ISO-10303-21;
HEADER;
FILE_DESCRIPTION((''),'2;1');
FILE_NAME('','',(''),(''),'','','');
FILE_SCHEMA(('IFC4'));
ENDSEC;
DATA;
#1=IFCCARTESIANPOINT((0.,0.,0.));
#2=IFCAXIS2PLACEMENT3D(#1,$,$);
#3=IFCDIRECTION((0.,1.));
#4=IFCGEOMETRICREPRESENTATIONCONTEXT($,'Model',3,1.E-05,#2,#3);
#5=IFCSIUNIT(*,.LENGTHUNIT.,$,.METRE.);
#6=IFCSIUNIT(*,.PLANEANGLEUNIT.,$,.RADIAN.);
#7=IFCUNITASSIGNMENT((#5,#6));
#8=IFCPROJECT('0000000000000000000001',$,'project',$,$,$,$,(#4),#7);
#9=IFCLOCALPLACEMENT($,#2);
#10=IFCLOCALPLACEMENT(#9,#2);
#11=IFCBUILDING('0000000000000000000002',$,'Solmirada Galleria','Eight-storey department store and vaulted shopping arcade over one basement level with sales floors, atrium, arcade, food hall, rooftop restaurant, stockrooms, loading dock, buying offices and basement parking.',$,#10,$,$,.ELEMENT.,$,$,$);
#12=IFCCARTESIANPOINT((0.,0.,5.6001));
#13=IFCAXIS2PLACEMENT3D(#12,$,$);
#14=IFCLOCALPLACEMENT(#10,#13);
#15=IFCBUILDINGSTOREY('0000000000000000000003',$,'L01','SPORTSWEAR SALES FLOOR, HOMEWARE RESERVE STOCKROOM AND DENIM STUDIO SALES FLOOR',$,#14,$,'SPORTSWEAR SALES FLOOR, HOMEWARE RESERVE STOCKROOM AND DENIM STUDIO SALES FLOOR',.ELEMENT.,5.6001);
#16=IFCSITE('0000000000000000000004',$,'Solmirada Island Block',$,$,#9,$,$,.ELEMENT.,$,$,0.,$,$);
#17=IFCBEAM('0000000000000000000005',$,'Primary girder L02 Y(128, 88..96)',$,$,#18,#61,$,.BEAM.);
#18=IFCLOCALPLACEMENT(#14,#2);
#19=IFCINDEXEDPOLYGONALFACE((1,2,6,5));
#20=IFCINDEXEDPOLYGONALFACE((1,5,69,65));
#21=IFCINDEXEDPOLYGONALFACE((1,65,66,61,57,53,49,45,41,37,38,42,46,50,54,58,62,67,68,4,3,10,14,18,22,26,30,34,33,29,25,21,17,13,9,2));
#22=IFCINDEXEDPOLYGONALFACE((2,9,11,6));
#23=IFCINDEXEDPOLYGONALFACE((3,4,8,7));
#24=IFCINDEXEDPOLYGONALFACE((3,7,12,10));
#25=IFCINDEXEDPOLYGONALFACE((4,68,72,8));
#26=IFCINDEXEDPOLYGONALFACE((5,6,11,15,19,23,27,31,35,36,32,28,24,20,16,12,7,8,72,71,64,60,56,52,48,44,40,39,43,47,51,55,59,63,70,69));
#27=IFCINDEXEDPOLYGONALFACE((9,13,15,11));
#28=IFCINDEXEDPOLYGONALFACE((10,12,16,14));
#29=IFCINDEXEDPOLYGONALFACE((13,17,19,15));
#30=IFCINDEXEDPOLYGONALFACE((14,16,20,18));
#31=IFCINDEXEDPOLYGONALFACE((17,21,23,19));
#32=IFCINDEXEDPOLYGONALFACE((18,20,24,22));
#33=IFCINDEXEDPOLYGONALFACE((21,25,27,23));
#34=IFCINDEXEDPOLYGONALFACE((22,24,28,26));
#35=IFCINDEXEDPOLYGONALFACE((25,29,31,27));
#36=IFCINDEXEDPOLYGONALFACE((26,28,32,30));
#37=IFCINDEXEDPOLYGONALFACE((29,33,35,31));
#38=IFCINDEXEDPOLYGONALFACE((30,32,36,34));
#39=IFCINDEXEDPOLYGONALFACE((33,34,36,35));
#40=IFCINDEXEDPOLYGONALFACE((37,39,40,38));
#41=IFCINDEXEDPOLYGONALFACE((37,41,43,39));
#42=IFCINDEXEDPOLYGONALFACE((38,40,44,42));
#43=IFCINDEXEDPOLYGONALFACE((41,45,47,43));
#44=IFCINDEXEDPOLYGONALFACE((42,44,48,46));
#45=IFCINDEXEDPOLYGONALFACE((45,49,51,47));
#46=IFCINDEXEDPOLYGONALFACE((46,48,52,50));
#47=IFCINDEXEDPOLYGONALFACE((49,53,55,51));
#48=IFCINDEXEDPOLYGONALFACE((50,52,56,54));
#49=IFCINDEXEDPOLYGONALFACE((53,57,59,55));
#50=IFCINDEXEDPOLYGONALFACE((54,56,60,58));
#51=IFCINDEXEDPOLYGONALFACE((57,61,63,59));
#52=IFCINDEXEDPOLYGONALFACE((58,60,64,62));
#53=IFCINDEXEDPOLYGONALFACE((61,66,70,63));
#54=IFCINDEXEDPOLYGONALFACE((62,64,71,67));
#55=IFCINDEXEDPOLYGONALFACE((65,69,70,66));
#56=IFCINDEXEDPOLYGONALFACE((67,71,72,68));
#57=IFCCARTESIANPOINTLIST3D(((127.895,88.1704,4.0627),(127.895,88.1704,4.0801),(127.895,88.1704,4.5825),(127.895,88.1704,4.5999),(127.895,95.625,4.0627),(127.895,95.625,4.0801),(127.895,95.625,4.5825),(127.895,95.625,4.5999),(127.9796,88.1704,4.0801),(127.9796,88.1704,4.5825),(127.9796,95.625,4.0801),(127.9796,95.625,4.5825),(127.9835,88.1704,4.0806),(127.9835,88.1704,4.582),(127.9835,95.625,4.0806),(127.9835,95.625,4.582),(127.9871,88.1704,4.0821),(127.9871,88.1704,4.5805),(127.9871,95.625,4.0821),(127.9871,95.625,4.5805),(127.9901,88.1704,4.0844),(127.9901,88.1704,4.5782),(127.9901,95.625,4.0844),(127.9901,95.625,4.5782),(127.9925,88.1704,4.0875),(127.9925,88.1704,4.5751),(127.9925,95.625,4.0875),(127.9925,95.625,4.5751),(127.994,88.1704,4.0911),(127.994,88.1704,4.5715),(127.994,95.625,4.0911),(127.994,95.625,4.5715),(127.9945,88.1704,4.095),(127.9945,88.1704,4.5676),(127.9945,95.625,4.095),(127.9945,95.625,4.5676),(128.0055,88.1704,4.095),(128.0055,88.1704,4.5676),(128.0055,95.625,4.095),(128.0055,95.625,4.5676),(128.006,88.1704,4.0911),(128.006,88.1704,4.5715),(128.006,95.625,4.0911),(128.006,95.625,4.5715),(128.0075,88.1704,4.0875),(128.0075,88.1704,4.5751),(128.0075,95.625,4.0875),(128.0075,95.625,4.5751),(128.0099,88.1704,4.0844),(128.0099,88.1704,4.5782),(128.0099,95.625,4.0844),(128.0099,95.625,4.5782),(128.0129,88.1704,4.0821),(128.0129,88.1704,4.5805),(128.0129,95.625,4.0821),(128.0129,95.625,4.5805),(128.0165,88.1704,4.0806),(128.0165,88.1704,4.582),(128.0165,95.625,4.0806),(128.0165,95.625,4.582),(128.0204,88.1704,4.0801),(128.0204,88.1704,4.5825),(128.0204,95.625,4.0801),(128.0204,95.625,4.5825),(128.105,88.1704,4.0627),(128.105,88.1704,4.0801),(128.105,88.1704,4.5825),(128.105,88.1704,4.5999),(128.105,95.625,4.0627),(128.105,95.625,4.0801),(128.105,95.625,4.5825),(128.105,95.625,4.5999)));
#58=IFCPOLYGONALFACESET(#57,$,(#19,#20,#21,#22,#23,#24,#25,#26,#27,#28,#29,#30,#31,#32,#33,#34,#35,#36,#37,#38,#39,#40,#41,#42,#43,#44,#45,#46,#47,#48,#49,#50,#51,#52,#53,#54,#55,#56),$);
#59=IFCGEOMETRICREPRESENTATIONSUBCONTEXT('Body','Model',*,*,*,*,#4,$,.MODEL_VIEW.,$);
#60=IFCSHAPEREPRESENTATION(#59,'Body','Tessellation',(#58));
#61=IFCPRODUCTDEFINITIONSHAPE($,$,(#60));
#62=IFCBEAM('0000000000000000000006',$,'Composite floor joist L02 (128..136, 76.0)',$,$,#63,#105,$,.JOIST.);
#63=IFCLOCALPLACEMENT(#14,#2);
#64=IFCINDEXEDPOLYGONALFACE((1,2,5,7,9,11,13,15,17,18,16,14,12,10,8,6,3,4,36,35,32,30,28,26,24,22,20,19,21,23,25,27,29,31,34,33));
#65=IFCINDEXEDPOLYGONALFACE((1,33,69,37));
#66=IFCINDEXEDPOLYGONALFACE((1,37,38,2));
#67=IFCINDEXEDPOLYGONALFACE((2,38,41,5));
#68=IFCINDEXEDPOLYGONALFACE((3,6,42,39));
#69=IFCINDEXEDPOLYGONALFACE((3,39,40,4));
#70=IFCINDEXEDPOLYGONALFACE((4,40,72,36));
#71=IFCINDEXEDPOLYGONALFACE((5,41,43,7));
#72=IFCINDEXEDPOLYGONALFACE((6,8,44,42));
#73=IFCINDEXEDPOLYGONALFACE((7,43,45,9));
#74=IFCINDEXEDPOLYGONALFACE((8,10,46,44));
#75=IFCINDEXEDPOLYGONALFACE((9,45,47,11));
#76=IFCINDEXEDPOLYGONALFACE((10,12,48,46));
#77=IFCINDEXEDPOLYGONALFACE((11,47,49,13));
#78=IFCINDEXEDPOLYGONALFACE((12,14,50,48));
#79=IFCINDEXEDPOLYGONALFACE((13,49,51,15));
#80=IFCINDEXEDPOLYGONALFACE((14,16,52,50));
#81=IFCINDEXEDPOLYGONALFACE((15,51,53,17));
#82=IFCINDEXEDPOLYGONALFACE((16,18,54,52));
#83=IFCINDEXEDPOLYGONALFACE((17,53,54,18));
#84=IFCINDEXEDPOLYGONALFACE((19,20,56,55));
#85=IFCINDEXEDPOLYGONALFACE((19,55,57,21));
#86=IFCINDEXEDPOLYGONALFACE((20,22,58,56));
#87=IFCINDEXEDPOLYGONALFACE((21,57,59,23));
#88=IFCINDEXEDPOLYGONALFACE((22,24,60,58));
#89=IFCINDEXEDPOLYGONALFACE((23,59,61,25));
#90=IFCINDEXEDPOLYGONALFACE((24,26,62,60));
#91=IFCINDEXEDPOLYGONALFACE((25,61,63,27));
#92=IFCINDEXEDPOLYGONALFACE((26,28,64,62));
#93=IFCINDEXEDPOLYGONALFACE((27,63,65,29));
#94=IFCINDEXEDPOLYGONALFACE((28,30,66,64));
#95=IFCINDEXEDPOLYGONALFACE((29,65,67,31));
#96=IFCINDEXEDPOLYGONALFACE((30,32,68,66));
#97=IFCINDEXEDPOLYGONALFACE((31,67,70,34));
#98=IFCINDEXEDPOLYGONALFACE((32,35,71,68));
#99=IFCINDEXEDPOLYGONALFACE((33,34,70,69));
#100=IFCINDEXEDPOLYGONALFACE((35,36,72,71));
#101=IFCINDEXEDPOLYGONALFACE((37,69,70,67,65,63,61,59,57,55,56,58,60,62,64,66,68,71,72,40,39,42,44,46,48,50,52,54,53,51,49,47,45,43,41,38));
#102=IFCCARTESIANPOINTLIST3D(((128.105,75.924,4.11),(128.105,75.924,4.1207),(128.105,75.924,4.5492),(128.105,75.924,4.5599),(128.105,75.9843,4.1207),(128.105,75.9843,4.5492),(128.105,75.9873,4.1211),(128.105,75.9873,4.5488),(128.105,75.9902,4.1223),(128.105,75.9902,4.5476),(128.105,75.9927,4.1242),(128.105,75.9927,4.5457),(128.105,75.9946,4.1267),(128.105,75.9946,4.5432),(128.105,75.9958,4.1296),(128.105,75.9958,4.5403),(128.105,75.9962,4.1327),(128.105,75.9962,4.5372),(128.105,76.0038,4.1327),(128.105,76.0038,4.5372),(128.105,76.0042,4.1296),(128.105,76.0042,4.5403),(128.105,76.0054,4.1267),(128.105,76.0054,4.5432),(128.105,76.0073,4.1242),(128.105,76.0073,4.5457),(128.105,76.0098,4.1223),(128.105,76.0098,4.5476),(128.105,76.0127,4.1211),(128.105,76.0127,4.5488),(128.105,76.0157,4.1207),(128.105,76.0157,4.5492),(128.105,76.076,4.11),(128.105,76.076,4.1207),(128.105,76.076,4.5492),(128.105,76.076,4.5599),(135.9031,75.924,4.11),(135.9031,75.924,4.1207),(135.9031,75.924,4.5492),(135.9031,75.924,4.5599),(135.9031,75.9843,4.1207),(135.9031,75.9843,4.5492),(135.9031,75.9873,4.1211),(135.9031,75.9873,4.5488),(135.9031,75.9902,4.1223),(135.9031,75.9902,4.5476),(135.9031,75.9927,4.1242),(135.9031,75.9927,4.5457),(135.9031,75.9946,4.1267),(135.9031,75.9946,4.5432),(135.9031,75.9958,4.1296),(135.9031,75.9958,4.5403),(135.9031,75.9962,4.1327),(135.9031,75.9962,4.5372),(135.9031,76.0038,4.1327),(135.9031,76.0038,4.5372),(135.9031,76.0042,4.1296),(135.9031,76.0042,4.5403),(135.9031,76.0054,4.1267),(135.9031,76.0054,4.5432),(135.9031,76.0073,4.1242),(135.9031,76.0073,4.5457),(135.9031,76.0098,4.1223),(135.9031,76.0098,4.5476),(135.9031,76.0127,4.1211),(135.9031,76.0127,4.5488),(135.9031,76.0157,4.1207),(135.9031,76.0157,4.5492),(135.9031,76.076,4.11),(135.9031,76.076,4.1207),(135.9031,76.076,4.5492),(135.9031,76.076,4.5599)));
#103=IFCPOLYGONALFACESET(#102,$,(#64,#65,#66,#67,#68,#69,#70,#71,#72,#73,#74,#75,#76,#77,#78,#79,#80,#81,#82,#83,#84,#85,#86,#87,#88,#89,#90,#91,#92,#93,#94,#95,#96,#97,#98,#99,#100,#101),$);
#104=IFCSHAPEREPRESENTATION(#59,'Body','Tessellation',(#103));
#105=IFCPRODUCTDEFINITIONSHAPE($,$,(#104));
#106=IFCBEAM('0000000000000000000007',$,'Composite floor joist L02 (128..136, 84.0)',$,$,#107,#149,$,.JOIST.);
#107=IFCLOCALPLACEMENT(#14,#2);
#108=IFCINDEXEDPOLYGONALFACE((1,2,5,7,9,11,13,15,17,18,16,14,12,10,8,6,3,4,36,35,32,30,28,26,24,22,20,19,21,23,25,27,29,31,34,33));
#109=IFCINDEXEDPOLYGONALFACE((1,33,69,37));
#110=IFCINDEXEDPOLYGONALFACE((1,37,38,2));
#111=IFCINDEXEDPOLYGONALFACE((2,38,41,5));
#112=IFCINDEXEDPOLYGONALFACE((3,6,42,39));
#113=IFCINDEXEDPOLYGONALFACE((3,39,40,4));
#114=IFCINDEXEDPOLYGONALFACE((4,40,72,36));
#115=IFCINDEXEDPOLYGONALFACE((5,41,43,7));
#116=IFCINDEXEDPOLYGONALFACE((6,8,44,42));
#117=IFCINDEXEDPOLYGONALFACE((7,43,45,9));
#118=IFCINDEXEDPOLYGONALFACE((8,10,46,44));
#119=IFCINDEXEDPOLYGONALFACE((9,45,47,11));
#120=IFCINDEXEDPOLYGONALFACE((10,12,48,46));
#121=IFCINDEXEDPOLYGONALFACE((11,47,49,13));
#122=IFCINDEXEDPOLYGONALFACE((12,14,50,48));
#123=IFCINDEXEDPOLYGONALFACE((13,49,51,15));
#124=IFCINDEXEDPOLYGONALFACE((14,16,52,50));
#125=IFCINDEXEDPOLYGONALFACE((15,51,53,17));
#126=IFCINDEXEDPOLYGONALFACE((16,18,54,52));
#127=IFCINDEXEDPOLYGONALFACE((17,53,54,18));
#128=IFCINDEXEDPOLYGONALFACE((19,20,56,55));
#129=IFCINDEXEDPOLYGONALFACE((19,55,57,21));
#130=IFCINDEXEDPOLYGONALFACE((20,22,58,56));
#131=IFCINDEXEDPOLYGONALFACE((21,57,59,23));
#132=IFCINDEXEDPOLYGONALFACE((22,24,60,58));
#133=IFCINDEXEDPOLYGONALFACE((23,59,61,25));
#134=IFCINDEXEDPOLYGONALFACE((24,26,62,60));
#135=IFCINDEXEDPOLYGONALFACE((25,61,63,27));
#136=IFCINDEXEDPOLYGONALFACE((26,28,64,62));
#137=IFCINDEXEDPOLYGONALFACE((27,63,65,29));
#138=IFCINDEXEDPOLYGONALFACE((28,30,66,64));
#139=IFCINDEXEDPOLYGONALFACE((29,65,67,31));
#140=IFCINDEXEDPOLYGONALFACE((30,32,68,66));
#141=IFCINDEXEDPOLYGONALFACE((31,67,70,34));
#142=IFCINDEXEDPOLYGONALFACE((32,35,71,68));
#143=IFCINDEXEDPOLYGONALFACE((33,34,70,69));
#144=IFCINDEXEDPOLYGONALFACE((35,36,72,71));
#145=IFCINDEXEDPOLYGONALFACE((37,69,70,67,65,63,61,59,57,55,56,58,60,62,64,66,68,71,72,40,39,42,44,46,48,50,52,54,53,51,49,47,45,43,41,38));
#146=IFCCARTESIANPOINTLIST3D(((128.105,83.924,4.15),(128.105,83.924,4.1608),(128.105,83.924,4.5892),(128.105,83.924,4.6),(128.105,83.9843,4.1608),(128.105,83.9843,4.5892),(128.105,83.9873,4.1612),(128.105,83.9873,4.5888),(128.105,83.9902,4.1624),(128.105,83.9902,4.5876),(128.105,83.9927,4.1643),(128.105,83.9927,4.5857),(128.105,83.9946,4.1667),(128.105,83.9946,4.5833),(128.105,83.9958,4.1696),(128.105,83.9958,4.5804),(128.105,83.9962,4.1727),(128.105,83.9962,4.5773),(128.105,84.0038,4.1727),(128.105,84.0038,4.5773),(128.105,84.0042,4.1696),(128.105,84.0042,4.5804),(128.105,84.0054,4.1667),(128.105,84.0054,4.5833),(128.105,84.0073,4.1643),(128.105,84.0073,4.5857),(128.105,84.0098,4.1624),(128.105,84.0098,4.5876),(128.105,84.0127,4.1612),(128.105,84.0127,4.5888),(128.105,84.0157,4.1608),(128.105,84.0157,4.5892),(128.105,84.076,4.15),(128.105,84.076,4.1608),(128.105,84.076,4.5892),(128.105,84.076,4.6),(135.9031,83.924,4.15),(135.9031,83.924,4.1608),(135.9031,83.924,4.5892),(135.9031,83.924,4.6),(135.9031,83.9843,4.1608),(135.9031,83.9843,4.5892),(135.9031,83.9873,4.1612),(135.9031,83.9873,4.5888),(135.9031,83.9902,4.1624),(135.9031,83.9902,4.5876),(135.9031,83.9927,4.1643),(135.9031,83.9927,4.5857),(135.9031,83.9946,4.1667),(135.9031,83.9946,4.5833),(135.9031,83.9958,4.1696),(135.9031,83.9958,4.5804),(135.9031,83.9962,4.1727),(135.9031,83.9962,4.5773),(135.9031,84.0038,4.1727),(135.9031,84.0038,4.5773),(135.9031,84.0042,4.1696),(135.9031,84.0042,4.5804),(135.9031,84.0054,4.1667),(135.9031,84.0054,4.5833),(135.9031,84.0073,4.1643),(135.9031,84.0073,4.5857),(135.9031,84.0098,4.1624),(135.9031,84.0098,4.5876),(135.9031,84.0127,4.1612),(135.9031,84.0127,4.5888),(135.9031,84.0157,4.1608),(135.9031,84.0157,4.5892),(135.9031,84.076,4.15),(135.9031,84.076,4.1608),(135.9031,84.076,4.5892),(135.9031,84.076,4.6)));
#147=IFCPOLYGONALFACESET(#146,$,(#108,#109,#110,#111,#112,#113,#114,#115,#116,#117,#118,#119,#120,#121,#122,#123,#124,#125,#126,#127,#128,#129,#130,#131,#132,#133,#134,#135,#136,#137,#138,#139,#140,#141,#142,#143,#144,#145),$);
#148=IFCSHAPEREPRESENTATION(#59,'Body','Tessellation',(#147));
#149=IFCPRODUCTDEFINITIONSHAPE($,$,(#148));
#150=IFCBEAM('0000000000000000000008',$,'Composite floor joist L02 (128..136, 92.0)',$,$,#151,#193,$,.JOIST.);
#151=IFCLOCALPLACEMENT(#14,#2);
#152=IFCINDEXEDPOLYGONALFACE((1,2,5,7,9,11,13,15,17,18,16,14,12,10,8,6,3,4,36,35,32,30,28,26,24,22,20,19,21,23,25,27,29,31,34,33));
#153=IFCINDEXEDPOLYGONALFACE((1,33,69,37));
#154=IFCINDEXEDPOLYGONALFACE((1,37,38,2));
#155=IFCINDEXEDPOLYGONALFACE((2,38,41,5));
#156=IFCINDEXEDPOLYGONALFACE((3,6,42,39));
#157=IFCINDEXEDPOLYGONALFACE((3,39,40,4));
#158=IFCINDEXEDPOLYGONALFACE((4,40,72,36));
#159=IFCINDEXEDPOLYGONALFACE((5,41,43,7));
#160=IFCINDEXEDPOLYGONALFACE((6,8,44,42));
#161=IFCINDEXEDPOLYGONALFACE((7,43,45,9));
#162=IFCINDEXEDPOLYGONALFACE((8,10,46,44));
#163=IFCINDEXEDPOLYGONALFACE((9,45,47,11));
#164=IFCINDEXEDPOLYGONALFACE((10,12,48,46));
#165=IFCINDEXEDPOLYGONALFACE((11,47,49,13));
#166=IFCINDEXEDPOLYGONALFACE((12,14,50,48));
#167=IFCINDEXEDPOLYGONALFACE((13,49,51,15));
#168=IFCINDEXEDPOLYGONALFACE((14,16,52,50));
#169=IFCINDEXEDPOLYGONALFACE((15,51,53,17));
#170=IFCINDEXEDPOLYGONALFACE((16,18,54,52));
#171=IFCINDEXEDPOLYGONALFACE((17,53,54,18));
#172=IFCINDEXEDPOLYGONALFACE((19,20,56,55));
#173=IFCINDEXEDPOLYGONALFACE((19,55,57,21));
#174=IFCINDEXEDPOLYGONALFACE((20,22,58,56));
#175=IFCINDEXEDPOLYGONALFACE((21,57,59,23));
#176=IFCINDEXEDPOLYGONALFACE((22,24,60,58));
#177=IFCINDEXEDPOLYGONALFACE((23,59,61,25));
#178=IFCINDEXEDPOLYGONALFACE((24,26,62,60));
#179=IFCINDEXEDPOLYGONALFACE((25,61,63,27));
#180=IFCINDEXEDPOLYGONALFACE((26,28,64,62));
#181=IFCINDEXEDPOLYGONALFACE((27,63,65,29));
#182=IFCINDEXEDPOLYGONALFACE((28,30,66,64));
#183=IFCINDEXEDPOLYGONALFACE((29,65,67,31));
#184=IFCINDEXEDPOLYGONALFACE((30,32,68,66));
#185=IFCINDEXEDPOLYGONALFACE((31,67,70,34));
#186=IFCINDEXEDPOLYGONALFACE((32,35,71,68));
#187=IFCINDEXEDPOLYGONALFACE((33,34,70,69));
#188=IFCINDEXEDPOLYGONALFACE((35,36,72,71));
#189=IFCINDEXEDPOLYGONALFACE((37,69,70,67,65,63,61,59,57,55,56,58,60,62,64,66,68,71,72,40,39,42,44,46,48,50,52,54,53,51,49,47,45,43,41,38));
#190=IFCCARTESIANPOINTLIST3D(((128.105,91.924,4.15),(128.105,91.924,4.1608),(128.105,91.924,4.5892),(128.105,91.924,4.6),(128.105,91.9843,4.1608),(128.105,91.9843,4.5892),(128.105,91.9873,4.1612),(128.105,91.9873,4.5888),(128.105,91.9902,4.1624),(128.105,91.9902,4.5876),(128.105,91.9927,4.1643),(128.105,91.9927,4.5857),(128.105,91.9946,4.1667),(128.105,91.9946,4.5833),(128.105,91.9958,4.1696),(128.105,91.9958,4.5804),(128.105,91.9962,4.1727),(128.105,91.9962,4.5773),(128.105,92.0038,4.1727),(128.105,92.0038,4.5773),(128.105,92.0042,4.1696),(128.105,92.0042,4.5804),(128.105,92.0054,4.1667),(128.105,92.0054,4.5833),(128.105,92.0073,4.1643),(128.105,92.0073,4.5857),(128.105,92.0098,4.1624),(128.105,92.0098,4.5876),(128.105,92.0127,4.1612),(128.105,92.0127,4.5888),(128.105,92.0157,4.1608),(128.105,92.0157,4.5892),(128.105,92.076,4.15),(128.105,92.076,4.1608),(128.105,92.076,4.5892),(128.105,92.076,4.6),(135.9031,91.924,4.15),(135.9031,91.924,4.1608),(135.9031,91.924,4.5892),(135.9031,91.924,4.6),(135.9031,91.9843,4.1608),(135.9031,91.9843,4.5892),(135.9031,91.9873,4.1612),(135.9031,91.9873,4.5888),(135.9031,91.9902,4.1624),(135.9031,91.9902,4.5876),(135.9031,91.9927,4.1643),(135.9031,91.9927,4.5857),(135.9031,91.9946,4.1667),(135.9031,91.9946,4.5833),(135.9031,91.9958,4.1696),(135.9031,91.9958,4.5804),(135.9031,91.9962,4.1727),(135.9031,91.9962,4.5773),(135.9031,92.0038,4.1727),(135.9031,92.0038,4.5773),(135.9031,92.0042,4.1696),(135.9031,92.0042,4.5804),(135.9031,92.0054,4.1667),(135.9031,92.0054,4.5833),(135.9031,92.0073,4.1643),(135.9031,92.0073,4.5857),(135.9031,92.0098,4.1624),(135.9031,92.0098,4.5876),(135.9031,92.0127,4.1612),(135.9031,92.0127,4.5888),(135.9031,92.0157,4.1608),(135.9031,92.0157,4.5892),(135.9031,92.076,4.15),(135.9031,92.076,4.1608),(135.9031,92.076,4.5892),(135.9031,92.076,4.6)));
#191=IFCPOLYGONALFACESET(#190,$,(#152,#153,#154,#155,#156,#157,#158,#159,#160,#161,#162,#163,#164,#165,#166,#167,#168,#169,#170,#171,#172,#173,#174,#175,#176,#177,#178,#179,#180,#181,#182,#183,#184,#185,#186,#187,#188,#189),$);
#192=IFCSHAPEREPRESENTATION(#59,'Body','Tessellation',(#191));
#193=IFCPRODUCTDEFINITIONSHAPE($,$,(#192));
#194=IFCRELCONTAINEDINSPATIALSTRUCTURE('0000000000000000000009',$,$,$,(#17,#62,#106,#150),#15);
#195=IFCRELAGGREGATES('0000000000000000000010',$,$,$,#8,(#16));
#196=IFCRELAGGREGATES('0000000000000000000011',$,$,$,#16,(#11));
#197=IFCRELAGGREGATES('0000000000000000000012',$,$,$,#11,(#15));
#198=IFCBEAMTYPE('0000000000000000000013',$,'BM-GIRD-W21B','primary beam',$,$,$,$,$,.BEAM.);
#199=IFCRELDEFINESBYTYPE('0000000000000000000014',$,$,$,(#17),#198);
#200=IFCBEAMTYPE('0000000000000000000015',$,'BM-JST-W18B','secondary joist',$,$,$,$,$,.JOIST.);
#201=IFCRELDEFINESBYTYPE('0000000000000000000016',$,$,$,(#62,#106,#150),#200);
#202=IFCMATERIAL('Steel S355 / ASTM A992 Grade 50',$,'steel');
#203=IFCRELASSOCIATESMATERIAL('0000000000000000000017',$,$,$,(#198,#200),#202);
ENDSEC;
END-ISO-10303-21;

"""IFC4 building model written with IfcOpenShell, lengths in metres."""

from ifc_helpers import new_model, si_unit, direction, frame, origin, origin_2d, place, context, subcontext, project, spatial, i_section, extrude, material, material_profile, profile_set, type_object, element, save


model = new_model("IFC4")

# Units and contexts
model_context = context("Model", 3, precision=1e-05, world=origin(), true_north=direction((0.0, 1.0)))
body_context = subcontext(model_context, "Body", "Model", "MODEL_VIEW")
ifc_project = project(units=[si_unit("LENGTHUNIT", "METRE"), si_unit("PLANEANGLEUNIT", "RADIAN")], contexts=[model_context])

# Site, building, storey
site_placement = place(None, origin())
site = spatial("IfcSite", under=ifc_project, at=site_placement, Name="Solmirada Island Block", CompositionType="ELEMENT", RefElevation=0.0)
building_placement = place(site_placement, origin())
building = spatial("IfcBuilding", under=site, at=building_placement, Name="Solmirada Galleria", Description="Eight-storey department store and vaulted shopping arcade over one basement level with sales floors, atrium, arcade, food hall, rooftop restaurant, stockrooms, loading dock, buying offices and basement parking.", CompositionType="ELEMENT")
storey_placement = place(building_placement, frame((0.0, 0.0, 5.6001)))
storey = spatial("IfcBuildingStorey", under=building, at=storey_placement, Name="L01", Description="SPORTSWEAR SALES FLOOR, HOMEWARE RESERVE STOCKROOM AND DENIM STUDIO SALES FLOOR", LongName="SPORTSWEAR SALES FLOOR, HOMEWARE RESERVE STOCKROOM AND DENIM STUDIO SALES FLOOR", CompositionType="ELEMENT", Elevation=5.6001)

# Beams
ifc_material_1 = material(Name="Steel S355 / ASTM A992 Grade 50", Category="steel")
ifc_material_profile_1 = material_profile(ifc_material_1, i_section(OverallWidth=0.21, OverallDepth=0.5371, WebThickness=0.011, FlangeThickness=0.0173, FilletRadius=0.0149, at=origin_2d()), Name="W21X68")
ifc_profile_set_1 = profile_set([ifc_material_profile_1], Name="Steel S355 / ASTM A992 Grade 50")
beam_type_1 = type_object("IfcBeamType", Name="BM-GIRD-W21B", Description="primary beam", PredefinedType="BEAM", material=ifc_profile_set_1)
beam_1_placement = place(storey_placement, frame((128.0, 88.1704, 4.3313), z_axis=(0.0, 1.0, 0.0), x_axis=(-1.0, 0.0, 0.0)))
element("IfcBeam", 1, at=beam_1_placement, inside=storey, type_object=beam_type_1, Name="Primary girder L02 Y(128, 88..96)", PredefinedType="BEAM", context=body_context, shape_type="SweptSolid", body=[
    extrude(i_section(OverallWidth=0.21, OverallDepth=0.5371, WebThickness=0.011, FlangeThickness=0.0173, FilletRadius=0.0149, at=origin_2d()), origin(), (0.0, 0.0, 1.0), 7.4546),
])
ifc_material_profile_2 = material_profile(ifc_material_1, i_section(OverallWidth=0.1521, OverallDepth=0.45, WebThickness=0.0076, FlangeThickness=0.0107, FilletRadius=0.012, at=origin_2d()), Name="W18X35")
ifc_profile_set_2 = profile_set([ifc_material_profile_2], Name="Steel S355 / ASTM A992 Grade 50")
beam_type_2 = type_object("IfcBeamType", Name="BM-JST-W18B", Description="secondary joist", PredefinedType="JOIST", material=ifc_profile_set_2)
for number, where, z_axis, x_axis, name in (
    (2, (128.105, 76.0, 4.335), (1.0, 0.0, 0.0), (0.0, 1.0, 0.0), "Composite floor joist L02 (128..136, 76.0)"),
    (3, (128.105, 84.0, 4.375), (1.0, 0.0, 0.0), (0.0, 1.0, 0.0), "Composite floor joist L02 (128..136, 84.0)"),
    (4, (128.105, 92.0, 4.375), (1.0, 0.0, 0.0), (0.0, 1.0, 0.0), "Composite floor joist L02 (128..136, 92.0)"),
):
    element("IfcBeam", number, at=place(storey_placement, frame(where, z_axis=z_axis, x_axis=x_axis)), inside=storey, type_object=beam_type_2, Name=name, PredefinedType="JOIST", context=body_context, shape_type="SweptSolid", body=[
        extrude(i_section(OverallWidth=0.1521, OverallDepth=0.45, WebThickness=0.0076, FlangeThickness=0.0107, FilletRadius=0.012, at=origin_2d()), origin(), (0.0, 0.0, 1.0), 7.7981),
    ])

save(model, "model.ifc")
